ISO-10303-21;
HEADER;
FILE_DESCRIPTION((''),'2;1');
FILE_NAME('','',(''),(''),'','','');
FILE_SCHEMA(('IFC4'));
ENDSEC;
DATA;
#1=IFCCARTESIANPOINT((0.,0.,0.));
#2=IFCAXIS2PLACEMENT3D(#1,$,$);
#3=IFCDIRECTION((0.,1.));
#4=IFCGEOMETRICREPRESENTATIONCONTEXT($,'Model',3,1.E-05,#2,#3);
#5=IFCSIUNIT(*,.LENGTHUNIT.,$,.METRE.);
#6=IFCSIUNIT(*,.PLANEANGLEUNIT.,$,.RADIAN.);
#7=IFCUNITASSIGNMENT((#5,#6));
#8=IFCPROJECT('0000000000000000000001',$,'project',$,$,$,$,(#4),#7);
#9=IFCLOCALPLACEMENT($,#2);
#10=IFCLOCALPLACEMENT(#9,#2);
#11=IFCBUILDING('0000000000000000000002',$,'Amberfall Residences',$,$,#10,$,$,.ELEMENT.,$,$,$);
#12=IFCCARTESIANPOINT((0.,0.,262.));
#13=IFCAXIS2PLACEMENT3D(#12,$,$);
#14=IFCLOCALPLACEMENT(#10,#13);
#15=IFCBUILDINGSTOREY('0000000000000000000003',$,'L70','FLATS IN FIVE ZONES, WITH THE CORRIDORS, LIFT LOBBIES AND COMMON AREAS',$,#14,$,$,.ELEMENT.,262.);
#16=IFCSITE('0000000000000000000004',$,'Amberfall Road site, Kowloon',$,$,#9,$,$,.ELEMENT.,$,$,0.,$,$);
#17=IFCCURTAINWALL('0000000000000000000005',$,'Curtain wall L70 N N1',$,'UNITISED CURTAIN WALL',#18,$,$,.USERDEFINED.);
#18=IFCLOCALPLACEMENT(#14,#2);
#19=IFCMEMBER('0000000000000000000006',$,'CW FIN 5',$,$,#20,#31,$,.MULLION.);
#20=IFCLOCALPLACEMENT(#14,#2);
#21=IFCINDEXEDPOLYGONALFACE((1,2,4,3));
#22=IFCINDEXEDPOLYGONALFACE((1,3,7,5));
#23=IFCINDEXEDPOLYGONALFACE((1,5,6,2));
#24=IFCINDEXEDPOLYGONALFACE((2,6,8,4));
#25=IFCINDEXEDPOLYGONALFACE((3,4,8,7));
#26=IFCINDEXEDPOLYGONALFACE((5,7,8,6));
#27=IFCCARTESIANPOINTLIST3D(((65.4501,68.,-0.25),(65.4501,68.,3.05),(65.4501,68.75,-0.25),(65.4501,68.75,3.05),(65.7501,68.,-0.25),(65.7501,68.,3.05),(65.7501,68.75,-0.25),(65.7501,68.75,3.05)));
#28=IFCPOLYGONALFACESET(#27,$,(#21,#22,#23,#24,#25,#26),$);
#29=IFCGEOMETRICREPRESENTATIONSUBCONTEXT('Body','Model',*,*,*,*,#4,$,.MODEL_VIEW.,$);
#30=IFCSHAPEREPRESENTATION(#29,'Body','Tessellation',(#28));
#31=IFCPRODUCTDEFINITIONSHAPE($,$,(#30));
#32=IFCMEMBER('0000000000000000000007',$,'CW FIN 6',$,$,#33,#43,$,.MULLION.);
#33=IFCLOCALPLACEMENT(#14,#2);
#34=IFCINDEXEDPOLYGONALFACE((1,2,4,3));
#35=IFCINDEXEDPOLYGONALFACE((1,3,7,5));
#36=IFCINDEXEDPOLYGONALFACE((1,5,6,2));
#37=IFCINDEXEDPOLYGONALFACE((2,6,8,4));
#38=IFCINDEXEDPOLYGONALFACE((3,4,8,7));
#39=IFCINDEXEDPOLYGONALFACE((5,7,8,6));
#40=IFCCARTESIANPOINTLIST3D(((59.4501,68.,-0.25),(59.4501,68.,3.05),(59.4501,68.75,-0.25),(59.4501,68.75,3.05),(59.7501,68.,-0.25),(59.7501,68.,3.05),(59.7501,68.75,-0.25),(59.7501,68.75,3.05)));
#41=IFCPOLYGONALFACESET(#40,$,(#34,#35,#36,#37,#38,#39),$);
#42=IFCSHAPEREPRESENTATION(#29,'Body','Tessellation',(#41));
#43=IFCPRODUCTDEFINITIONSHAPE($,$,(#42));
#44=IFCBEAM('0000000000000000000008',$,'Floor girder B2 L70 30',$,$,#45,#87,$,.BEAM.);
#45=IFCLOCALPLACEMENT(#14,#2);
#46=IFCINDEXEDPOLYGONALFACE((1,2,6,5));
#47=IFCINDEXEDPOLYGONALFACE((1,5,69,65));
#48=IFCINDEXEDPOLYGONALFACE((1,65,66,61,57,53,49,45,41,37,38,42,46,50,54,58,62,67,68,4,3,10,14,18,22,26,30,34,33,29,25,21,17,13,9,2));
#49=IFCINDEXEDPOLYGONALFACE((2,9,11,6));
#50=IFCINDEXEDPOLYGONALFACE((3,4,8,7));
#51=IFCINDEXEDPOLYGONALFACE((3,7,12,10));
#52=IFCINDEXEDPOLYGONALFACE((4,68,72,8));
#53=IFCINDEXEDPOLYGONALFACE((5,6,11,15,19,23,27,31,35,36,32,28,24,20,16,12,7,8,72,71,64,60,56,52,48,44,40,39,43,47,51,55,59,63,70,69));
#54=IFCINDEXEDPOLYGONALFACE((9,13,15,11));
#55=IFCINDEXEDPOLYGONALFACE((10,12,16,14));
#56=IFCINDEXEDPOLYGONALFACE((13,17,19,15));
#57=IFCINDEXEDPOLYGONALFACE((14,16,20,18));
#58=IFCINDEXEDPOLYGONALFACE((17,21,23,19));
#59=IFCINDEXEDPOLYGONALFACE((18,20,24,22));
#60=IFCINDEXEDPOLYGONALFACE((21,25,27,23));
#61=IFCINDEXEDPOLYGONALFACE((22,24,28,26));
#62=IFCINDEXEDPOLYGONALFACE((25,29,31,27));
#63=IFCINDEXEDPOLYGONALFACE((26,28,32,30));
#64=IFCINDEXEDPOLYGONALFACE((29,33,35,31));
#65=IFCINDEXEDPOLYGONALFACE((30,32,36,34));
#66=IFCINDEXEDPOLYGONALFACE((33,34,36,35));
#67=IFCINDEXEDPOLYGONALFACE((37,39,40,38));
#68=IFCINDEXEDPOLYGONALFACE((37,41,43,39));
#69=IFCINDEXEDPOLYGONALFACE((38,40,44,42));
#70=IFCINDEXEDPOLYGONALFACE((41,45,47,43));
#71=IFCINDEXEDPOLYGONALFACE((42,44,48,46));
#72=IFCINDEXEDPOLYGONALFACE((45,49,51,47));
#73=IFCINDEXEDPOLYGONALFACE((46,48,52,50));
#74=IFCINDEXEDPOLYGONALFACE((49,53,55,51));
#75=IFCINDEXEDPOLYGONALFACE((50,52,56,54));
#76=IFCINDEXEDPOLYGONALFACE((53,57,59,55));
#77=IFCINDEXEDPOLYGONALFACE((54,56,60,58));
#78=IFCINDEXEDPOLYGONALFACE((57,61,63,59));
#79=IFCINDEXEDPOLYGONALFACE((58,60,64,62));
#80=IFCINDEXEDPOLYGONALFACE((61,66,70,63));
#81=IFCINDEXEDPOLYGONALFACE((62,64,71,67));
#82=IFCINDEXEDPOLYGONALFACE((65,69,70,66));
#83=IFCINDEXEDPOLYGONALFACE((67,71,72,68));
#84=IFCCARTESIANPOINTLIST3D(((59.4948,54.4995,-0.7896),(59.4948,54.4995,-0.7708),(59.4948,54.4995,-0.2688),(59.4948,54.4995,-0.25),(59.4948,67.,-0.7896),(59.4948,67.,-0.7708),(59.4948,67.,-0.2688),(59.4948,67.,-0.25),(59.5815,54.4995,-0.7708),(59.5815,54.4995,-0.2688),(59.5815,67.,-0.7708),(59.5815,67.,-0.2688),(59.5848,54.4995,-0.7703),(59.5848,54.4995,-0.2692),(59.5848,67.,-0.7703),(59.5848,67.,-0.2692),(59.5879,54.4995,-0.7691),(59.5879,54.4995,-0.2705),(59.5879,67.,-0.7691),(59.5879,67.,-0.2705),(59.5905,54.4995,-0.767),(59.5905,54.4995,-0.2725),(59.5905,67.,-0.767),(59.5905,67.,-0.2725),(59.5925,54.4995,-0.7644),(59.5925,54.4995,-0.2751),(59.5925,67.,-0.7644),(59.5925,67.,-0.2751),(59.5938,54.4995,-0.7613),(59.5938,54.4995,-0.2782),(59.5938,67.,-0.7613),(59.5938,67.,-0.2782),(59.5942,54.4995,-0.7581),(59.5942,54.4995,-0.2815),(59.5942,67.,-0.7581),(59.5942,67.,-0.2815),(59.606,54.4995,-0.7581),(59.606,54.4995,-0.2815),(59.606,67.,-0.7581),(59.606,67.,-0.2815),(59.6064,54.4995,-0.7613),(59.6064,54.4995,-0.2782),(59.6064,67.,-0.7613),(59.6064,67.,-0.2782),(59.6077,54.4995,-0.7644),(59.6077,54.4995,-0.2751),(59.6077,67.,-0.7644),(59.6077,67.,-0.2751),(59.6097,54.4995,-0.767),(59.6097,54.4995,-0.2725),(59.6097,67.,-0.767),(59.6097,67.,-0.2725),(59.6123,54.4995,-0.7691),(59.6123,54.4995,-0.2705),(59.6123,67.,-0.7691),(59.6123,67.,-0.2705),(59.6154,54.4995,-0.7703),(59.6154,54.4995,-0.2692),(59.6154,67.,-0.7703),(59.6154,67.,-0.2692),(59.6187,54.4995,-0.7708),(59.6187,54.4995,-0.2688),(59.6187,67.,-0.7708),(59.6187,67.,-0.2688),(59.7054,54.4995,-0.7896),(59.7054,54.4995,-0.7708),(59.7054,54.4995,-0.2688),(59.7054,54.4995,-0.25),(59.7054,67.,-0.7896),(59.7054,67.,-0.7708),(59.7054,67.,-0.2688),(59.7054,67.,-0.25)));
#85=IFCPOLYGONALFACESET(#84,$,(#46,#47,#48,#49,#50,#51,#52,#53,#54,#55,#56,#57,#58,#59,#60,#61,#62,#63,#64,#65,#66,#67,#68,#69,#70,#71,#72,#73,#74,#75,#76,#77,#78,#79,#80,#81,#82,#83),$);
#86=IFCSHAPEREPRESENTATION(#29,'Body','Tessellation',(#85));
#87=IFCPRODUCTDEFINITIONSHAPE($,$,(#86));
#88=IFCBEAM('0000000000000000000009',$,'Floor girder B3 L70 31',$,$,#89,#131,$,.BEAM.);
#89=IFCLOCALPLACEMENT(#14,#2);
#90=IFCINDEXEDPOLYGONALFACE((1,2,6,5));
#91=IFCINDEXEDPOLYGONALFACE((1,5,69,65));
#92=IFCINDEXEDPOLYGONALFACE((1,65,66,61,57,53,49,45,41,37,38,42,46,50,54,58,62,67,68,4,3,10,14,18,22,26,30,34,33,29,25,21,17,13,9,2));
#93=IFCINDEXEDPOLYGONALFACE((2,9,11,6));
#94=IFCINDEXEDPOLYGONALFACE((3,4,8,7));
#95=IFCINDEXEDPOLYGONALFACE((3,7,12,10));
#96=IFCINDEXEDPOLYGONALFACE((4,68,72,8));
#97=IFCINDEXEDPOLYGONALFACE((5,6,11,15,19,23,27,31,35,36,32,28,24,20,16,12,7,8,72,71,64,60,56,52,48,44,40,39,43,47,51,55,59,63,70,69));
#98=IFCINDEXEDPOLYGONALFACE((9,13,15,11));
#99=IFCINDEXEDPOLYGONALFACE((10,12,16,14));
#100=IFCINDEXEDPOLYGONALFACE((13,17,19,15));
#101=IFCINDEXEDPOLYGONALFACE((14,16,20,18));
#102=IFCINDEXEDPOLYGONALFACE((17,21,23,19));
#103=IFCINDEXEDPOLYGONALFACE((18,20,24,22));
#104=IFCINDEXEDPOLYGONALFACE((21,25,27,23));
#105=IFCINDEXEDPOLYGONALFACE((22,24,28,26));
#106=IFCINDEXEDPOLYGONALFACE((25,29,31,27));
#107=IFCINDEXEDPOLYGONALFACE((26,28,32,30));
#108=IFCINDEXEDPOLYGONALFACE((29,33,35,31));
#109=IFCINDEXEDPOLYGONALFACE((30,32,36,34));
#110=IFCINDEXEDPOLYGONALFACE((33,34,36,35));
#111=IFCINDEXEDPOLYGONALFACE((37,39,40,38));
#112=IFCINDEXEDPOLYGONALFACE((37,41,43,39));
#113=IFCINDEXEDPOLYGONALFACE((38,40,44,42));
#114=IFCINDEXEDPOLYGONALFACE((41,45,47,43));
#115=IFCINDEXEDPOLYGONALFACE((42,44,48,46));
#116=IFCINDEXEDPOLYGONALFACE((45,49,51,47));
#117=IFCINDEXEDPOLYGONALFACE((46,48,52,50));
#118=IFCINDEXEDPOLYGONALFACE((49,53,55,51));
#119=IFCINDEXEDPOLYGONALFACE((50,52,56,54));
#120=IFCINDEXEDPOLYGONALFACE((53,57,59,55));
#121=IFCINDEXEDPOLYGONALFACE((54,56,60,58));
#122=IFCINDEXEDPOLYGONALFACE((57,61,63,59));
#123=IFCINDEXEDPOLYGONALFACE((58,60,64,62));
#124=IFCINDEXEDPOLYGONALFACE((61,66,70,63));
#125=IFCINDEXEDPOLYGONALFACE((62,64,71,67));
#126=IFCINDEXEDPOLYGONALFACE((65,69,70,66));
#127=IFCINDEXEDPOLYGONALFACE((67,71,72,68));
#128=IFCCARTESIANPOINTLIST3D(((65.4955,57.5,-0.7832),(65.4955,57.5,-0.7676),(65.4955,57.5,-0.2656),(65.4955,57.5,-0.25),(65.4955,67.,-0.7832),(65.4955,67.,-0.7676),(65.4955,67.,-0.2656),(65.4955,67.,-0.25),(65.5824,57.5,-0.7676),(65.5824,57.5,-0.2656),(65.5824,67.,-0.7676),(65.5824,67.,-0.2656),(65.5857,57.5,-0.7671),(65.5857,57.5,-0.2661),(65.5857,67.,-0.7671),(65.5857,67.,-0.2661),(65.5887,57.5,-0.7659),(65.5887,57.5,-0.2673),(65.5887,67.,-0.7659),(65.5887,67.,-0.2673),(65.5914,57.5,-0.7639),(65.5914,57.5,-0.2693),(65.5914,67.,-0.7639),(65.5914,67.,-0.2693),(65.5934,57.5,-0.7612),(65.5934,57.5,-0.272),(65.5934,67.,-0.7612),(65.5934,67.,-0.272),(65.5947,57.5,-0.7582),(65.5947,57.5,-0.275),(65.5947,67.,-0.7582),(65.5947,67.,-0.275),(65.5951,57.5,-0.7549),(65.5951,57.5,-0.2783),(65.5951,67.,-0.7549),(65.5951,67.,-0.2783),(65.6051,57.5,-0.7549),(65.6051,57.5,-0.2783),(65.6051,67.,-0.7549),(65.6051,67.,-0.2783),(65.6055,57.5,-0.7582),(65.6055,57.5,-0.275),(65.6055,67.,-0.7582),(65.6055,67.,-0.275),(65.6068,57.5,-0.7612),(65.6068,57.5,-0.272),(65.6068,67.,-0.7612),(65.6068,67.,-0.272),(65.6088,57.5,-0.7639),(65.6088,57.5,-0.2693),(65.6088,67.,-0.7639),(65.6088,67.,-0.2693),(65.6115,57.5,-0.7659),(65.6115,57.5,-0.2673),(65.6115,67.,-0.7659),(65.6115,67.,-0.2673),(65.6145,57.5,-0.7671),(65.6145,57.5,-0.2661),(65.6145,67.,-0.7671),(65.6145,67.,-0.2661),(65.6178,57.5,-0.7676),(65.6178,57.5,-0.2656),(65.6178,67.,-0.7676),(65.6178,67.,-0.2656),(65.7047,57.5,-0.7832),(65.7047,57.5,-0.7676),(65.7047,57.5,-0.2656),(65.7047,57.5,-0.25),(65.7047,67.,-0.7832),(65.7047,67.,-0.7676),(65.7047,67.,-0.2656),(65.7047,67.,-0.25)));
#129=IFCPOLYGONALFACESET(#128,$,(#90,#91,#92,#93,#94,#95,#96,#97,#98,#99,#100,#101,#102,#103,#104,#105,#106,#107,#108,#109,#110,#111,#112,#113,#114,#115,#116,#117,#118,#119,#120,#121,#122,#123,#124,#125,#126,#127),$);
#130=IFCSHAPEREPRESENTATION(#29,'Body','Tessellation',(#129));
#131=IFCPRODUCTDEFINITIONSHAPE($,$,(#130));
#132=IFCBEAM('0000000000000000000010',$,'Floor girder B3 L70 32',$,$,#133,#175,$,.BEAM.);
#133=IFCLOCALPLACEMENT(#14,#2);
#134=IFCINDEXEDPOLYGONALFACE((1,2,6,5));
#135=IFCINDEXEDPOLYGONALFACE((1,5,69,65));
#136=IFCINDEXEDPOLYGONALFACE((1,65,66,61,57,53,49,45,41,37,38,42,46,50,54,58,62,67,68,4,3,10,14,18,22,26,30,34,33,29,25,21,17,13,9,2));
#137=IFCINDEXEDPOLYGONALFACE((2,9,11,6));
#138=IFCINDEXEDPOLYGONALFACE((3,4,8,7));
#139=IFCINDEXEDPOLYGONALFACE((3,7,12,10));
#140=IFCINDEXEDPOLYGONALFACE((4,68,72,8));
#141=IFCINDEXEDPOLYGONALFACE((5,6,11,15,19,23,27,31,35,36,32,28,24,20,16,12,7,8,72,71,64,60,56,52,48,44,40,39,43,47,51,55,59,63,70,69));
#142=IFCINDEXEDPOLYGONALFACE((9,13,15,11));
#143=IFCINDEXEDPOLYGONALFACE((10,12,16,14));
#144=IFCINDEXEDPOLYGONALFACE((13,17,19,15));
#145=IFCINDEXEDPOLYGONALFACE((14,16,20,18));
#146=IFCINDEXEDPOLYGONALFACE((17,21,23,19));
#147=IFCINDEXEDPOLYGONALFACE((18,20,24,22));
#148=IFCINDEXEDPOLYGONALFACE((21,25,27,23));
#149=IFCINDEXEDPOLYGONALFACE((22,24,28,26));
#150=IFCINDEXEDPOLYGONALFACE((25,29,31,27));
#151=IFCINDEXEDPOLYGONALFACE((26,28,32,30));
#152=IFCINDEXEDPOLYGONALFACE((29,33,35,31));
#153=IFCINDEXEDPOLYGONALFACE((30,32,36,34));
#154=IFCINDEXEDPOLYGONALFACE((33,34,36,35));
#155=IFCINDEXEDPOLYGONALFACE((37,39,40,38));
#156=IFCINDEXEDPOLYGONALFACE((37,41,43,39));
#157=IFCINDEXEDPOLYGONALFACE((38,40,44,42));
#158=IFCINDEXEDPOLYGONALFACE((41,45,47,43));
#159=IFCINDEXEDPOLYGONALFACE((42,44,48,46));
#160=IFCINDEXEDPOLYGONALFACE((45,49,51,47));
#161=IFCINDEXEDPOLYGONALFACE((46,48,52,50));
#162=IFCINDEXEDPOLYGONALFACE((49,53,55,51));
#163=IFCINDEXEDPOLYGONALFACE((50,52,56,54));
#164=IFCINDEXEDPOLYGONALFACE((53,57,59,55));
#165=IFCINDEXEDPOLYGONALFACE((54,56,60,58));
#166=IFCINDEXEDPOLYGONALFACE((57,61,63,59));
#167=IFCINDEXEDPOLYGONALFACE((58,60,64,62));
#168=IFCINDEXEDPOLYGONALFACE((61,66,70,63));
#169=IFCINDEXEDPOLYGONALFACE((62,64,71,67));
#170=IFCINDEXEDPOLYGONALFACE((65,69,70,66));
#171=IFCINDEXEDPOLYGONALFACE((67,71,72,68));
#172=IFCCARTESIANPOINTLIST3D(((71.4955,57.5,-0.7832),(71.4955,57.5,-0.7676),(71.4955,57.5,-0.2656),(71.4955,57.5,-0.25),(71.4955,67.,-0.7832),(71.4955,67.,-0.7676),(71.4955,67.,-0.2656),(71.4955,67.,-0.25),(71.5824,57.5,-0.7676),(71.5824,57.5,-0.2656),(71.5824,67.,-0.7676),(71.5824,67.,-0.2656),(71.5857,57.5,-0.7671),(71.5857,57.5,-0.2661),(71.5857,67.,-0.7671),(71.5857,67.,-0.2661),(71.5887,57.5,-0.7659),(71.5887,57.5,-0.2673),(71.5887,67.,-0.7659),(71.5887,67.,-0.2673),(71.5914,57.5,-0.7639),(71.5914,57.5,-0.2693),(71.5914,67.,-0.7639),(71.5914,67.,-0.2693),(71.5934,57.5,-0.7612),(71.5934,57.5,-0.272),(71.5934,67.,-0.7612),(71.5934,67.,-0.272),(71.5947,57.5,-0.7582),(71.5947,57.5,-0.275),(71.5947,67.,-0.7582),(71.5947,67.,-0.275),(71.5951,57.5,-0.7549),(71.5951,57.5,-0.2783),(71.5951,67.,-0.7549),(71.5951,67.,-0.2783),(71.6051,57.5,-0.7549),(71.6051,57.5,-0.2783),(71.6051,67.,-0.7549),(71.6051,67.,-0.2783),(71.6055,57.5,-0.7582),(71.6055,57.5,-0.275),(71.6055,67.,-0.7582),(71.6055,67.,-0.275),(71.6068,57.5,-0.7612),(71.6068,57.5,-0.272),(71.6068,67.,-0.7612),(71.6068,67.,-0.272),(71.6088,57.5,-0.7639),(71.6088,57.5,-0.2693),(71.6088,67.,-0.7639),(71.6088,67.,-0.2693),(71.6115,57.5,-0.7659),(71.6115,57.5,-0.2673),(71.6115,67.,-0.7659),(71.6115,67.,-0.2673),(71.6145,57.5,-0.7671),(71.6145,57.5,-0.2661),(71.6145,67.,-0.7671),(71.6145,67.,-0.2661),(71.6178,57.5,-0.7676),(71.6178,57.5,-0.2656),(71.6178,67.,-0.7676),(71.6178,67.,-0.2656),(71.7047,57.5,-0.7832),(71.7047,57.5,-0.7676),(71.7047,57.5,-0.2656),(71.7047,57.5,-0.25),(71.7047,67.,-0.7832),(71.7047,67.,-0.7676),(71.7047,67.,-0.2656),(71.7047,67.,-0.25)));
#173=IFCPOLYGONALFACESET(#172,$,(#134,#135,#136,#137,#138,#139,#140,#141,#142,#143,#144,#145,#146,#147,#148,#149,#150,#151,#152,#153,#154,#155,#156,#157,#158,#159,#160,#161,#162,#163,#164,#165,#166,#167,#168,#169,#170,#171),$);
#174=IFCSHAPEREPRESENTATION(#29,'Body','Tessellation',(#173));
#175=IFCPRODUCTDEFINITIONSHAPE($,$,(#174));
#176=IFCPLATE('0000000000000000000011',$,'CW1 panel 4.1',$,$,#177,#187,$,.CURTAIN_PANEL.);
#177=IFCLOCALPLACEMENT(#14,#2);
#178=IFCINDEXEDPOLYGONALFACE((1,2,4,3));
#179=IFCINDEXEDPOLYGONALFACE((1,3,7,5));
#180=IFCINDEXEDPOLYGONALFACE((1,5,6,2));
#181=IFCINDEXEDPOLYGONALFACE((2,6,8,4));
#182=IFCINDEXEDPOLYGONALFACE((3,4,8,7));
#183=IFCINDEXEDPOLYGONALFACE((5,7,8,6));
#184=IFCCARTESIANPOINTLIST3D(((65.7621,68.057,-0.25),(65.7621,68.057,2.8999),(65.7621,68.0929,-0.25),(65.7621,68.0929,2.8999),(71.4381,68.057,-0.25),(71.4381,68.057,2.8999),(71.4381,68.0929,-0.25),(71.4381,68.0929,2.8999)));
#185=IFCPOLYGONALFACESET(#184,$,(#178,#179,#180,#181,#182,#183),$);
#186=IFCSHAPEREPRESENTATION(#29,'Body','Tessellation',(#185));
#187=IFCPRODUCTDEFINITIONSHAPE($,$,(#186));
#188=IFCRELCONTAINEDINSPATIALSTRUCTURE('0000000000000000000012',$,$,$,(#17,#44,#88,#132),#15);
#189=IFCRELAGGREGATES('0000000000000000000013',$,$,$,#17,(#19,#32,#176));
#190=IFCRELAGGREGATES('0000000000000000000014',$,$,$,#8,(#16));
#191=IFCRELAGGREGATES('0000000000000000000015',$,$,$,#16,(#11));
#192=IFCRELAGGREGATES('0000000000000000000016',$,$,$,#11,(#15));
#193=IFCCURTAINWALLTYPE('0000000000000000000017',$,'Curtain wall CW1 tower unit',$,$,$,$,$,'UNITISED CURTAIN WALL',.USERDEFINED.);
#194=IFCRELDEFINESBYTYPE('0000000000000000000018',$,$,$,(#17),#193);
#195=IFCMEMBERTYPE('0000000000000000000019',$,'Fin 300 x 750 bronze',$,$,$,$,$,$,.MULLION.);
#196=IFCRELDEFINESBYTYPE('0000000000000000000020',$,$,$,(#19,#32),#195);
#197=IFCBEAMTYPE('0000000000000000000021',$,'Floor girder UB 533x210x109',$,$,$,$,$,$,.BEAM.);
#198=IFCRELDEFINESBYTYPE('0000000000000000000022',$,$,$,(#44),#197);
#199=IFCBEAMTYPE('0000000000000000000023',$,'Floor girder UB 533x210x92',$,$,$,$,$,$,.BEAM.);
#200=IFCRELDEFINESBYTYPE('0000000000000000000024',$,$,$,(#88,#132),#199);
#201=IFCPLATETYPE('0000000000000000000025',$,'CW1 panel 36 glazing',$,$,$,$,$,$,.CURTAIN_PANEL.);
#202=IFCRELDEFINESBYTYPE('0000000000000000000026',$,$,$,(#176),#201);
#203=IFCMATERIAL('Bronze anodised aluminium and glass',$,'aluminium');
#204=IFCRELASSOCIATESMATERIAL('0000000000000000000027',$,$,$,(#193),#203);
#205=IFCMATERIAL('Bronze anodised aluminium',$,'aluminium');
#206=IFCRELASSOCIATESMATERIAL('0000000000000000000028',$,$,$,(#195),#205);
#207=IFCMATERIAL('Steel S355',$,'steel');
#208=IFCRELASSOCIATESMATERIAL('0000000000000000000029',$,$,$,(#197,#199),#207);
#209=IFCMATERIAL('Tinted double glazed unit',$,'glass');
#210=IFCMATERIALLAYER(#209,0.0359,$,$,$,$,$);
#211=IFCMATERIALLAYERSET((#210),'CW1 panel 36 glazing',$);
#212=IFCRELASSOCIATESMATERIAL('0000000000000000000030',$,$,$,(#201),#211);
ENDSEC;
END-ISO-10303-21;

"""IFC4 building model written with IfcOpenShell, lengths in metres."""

from ifc_helpers import new_model, si_unit, direction, frame, origin, origin_2d, place, context, subcontext, project, spatial, rectangle, i_section, extrude, material, layer, layer_set, material_profile, profile_set, type_object, element, aggregate, save


model = new_model("IFC4")

# Units and contexts
model_context = context("Model", 3, precision=1e-05, world=origin(), true_north=direction((0.0, 1.0)))
body_context = subcontext(model_context, "Body", "Model", "MODEL_VIEW")
ifc_project = project(units=[si_unit("LENGTHUNIT", "METRE"), si_unit("PLANEANGLEUNIT", "RADIAN")], contexts=[model_context])

# Site, building, storey
site_placement = place(None, origin())
site = spatial("IfcSite", under=ifc_project, at=site_placement, Name="Amberfall Road site, Kowloon", CompositionType="ELEMENT", RefElevation=0.0)
building_placement = place(site_placement, origin())
building = spatial("IfcBuilding", under=site, at=building_placement, Name="Amberfall Residences", CompositionType="ELEMENT")
storey_placement = place(building_placement, frame((0.0, 0.0, 262.0)))
storey = spatial("IfcBuildingStorey", under=building, at=storey_placement, Name="L70", Description="FLATS IN FIVE ZONES, WITH THE CORRIDORS, LIFT LOBBIES AND COMMON AREAS", CompositionType="ELEMENT", Elevation=262.0)

# Curtain wall
ifc_material_1 = material(Name="Bronze anodised aluminium and glass", Category="aluminium")
curtain_wall_type = type_object("IfcCurtainWallType", Name="Curtain wall CW1 tower unit", ElementType="UNITISED CURTAIN WALL", PredefinedType="USERDEFINED", material=ifc_material_1)
curtain_wall_placement = place(storey_placement, origin())
curtain_wall = element("IfcCurtainWall", 1, at=curtain_wall_placement, inside=storey, type_object=curtain_wall_type, Name="Curtain wall L70 N N1", ObjectType="UNITISED CURTAIN WALL", PredefinedType="USERDEFINED")
ifc_material_2 = material(Name="Bronze anodised aluminium", Category="aluminium")

# Shared definitions
ifc_material_3 = material(Name="Steel S355", Category="steel")

# Members
ifc_material_profile_1 = material_profile(ifc_material_2, rectangle(XDim=0.75, YDim=0.3, at=origin_2d()), Name="Fin 300 x 750 bronze")
ifc_profile_set_1 = profile_set([ifc_material_profile_1], Name="Bronze anodised aluminium")
member_type_1 = type_object("IfcMemberType", Name="Fin 300 x 750 bronze", PredefinedType="MULLION", material=ifc_profile_set_1)
member_1_placement = place(storey_placement, frame((65.6001, 68.375, -0.25), z_axis=(0.0, 0.0, 1.0), x_axis=(0.0, -1.0, 0.0)))
member_1 = element("IfcMember", 2, at=member_1_placement, type_object=member_type_1, Name="CW FIN 5", PredefinedType="MULLION", context=body_context, shape_type="SweptSolid", body=[
    extrude(rectangle(XDim=0.75, YDim=0.3, at=origin_2d()), origin(), (0.0, 0.0, 1.0), 3.3),
])
member_2_placement = place(storey_placement, frame((59.6001, 68.375, -0.25), z_axis=(0.0, 0.0, 1.0), x_axis=(0.0, -1.0, 0.0)))
member_2 = element("IfcMember", 3, at=member_2_placement, type_object=member_type_1, Name="CW FIN 6", PredefinedType="MULLION", context=body_context, shape_type="SweptSolid", body=[
    extrude(rectangle(XDim=0.75, YDim=0.3, at=origin_2d()), origin(), (0.0, 0.0, 1.0), 3.3),
])

# Beams
ifc_material_profile_2 = material_profile(ifc_material_3, i_section(OverallWidth=0.2107, OverallDepth=0.5396, WebThickness=0.0117, FlangeThickness=0.0188, FilletRadius=0.0127, at=origin_2d()), Name="UB 533x210x109")
ifc_profile_set_2 = profile_set([ifc_material_profile_2], Name="Steel S355")
beam_type_1 = type_object("IfcBeamType", Name="Floor girder UB 533x210x109", PredefinedType="BEAM", material=ifc_profile_set_2)
beam_placement = place(storey_placement, frame((59.6001, 67.0, -0.5198), z_axis=(0.0, -1.0, 0.0), x_axis=(1.0, 0.0, 0.0)))
element("IfcBeam", 4, at=beam_placement, inside=storey, type_object=beam_type_1, Name="Floor girder B2 L70 30", PredefinedType="BEAM", context=body_context, shape_type="SweptSolid", body=[
    extrude(i_section(OverallWidth=0.2107, OverallDepth=0.5396, WebThickness=0.0117, FlangeThickness=0.0188, FilletRadius=0.0127, at=origin_2d()), origin(), (0.0, 0.0, 1.0), 12.5005),
])
ifc_material_profile_3 = material_profile(ifc_material_3, i_section(OverallWidth=0.2092, OverallDepth=0.5332, WebThickness=0.01, FlangeThickness=0.0156, FilletRadius=0.0127, at=origin_2d()), Name="UB 533x210x92")
ifc_profile_set_3 = profile_set([ifc_material_profile_3], Name="Steel S355")
beam_type_2 = type_object("IfcBeamType", Name="Floor girder UB 533x210x92", PredefinedType="BEAM", material=ifc_profile_set_3)
for number, where, z_axis, x_axis, name in (
    (5, (65.6001, 67.0, -0.5166), (0.0, -1.0, 0.0), (1.0, 0.0, 0.0), "Floor girder B3 L70 31"),
    (6, (71.6001, 67.0, -0.5166), (0.0, -1.0, 0.0), (1.0, 0.0, 0.0), "Floor girder B3 L70 32"),
):
    element("IfcBeam", number, at=place(storey_placement, frame(where, z_axis=z_axis, x_axis=x_axis)), inside=storey, type_object=beam_type_2, Name=name, PredefinedType="BEAM", context=body_context, shape_type="SweptSolid", body=[
        extrude(i_section(OverallWidth=0.2092, OverallDepth=0.5332, WebThickness=0.01, FlangeThickness=0.0156, FilletRadius=0.0127, at=origin_2d()), origin(), (0.0, 0.0, 1.0), 9.5),
    ])

# Plate
ifc_material_4 = material(Name="Tinted double glazed unit", Category="glass")
ifc_layer_1 = layer(ifc_material_4, 0.0359)
ifc_layer_set_1 = layer_set([ifc_layer_1], Name="CW1 panel 36 glazing")
plate_type = type_object("IfcPlateType", Name="CW1 panel 36 glazing", PredefinedType="CURTAIN_PANEL", material=ifc_layer_set_1)
plate_1_placement = place(storey_placement, frame((68.6001, 68.075, -0.25), z_axis=(0.0, 0.0, 1.0), x_axis=(-1.0, 0.0, 0.0)))
plate_1 = element("IfcPlate", 7, at=plate_1_placement, type_object=plate_type, Name="CW1 panel 4.1", PredefinedType="CURTAIN_PANEL", context=body_context, shape_type="SweptSolid", body=[
    extrude(rectangle(XDim=5.676, YDim=0.0359, at=origin_2d()), origin(), (0.0, 0.0, 1.0), 3.1499),
])
aggregate(curtain_wall, [member_1, member_2, plate_1])

save(model, "model.ifc")
